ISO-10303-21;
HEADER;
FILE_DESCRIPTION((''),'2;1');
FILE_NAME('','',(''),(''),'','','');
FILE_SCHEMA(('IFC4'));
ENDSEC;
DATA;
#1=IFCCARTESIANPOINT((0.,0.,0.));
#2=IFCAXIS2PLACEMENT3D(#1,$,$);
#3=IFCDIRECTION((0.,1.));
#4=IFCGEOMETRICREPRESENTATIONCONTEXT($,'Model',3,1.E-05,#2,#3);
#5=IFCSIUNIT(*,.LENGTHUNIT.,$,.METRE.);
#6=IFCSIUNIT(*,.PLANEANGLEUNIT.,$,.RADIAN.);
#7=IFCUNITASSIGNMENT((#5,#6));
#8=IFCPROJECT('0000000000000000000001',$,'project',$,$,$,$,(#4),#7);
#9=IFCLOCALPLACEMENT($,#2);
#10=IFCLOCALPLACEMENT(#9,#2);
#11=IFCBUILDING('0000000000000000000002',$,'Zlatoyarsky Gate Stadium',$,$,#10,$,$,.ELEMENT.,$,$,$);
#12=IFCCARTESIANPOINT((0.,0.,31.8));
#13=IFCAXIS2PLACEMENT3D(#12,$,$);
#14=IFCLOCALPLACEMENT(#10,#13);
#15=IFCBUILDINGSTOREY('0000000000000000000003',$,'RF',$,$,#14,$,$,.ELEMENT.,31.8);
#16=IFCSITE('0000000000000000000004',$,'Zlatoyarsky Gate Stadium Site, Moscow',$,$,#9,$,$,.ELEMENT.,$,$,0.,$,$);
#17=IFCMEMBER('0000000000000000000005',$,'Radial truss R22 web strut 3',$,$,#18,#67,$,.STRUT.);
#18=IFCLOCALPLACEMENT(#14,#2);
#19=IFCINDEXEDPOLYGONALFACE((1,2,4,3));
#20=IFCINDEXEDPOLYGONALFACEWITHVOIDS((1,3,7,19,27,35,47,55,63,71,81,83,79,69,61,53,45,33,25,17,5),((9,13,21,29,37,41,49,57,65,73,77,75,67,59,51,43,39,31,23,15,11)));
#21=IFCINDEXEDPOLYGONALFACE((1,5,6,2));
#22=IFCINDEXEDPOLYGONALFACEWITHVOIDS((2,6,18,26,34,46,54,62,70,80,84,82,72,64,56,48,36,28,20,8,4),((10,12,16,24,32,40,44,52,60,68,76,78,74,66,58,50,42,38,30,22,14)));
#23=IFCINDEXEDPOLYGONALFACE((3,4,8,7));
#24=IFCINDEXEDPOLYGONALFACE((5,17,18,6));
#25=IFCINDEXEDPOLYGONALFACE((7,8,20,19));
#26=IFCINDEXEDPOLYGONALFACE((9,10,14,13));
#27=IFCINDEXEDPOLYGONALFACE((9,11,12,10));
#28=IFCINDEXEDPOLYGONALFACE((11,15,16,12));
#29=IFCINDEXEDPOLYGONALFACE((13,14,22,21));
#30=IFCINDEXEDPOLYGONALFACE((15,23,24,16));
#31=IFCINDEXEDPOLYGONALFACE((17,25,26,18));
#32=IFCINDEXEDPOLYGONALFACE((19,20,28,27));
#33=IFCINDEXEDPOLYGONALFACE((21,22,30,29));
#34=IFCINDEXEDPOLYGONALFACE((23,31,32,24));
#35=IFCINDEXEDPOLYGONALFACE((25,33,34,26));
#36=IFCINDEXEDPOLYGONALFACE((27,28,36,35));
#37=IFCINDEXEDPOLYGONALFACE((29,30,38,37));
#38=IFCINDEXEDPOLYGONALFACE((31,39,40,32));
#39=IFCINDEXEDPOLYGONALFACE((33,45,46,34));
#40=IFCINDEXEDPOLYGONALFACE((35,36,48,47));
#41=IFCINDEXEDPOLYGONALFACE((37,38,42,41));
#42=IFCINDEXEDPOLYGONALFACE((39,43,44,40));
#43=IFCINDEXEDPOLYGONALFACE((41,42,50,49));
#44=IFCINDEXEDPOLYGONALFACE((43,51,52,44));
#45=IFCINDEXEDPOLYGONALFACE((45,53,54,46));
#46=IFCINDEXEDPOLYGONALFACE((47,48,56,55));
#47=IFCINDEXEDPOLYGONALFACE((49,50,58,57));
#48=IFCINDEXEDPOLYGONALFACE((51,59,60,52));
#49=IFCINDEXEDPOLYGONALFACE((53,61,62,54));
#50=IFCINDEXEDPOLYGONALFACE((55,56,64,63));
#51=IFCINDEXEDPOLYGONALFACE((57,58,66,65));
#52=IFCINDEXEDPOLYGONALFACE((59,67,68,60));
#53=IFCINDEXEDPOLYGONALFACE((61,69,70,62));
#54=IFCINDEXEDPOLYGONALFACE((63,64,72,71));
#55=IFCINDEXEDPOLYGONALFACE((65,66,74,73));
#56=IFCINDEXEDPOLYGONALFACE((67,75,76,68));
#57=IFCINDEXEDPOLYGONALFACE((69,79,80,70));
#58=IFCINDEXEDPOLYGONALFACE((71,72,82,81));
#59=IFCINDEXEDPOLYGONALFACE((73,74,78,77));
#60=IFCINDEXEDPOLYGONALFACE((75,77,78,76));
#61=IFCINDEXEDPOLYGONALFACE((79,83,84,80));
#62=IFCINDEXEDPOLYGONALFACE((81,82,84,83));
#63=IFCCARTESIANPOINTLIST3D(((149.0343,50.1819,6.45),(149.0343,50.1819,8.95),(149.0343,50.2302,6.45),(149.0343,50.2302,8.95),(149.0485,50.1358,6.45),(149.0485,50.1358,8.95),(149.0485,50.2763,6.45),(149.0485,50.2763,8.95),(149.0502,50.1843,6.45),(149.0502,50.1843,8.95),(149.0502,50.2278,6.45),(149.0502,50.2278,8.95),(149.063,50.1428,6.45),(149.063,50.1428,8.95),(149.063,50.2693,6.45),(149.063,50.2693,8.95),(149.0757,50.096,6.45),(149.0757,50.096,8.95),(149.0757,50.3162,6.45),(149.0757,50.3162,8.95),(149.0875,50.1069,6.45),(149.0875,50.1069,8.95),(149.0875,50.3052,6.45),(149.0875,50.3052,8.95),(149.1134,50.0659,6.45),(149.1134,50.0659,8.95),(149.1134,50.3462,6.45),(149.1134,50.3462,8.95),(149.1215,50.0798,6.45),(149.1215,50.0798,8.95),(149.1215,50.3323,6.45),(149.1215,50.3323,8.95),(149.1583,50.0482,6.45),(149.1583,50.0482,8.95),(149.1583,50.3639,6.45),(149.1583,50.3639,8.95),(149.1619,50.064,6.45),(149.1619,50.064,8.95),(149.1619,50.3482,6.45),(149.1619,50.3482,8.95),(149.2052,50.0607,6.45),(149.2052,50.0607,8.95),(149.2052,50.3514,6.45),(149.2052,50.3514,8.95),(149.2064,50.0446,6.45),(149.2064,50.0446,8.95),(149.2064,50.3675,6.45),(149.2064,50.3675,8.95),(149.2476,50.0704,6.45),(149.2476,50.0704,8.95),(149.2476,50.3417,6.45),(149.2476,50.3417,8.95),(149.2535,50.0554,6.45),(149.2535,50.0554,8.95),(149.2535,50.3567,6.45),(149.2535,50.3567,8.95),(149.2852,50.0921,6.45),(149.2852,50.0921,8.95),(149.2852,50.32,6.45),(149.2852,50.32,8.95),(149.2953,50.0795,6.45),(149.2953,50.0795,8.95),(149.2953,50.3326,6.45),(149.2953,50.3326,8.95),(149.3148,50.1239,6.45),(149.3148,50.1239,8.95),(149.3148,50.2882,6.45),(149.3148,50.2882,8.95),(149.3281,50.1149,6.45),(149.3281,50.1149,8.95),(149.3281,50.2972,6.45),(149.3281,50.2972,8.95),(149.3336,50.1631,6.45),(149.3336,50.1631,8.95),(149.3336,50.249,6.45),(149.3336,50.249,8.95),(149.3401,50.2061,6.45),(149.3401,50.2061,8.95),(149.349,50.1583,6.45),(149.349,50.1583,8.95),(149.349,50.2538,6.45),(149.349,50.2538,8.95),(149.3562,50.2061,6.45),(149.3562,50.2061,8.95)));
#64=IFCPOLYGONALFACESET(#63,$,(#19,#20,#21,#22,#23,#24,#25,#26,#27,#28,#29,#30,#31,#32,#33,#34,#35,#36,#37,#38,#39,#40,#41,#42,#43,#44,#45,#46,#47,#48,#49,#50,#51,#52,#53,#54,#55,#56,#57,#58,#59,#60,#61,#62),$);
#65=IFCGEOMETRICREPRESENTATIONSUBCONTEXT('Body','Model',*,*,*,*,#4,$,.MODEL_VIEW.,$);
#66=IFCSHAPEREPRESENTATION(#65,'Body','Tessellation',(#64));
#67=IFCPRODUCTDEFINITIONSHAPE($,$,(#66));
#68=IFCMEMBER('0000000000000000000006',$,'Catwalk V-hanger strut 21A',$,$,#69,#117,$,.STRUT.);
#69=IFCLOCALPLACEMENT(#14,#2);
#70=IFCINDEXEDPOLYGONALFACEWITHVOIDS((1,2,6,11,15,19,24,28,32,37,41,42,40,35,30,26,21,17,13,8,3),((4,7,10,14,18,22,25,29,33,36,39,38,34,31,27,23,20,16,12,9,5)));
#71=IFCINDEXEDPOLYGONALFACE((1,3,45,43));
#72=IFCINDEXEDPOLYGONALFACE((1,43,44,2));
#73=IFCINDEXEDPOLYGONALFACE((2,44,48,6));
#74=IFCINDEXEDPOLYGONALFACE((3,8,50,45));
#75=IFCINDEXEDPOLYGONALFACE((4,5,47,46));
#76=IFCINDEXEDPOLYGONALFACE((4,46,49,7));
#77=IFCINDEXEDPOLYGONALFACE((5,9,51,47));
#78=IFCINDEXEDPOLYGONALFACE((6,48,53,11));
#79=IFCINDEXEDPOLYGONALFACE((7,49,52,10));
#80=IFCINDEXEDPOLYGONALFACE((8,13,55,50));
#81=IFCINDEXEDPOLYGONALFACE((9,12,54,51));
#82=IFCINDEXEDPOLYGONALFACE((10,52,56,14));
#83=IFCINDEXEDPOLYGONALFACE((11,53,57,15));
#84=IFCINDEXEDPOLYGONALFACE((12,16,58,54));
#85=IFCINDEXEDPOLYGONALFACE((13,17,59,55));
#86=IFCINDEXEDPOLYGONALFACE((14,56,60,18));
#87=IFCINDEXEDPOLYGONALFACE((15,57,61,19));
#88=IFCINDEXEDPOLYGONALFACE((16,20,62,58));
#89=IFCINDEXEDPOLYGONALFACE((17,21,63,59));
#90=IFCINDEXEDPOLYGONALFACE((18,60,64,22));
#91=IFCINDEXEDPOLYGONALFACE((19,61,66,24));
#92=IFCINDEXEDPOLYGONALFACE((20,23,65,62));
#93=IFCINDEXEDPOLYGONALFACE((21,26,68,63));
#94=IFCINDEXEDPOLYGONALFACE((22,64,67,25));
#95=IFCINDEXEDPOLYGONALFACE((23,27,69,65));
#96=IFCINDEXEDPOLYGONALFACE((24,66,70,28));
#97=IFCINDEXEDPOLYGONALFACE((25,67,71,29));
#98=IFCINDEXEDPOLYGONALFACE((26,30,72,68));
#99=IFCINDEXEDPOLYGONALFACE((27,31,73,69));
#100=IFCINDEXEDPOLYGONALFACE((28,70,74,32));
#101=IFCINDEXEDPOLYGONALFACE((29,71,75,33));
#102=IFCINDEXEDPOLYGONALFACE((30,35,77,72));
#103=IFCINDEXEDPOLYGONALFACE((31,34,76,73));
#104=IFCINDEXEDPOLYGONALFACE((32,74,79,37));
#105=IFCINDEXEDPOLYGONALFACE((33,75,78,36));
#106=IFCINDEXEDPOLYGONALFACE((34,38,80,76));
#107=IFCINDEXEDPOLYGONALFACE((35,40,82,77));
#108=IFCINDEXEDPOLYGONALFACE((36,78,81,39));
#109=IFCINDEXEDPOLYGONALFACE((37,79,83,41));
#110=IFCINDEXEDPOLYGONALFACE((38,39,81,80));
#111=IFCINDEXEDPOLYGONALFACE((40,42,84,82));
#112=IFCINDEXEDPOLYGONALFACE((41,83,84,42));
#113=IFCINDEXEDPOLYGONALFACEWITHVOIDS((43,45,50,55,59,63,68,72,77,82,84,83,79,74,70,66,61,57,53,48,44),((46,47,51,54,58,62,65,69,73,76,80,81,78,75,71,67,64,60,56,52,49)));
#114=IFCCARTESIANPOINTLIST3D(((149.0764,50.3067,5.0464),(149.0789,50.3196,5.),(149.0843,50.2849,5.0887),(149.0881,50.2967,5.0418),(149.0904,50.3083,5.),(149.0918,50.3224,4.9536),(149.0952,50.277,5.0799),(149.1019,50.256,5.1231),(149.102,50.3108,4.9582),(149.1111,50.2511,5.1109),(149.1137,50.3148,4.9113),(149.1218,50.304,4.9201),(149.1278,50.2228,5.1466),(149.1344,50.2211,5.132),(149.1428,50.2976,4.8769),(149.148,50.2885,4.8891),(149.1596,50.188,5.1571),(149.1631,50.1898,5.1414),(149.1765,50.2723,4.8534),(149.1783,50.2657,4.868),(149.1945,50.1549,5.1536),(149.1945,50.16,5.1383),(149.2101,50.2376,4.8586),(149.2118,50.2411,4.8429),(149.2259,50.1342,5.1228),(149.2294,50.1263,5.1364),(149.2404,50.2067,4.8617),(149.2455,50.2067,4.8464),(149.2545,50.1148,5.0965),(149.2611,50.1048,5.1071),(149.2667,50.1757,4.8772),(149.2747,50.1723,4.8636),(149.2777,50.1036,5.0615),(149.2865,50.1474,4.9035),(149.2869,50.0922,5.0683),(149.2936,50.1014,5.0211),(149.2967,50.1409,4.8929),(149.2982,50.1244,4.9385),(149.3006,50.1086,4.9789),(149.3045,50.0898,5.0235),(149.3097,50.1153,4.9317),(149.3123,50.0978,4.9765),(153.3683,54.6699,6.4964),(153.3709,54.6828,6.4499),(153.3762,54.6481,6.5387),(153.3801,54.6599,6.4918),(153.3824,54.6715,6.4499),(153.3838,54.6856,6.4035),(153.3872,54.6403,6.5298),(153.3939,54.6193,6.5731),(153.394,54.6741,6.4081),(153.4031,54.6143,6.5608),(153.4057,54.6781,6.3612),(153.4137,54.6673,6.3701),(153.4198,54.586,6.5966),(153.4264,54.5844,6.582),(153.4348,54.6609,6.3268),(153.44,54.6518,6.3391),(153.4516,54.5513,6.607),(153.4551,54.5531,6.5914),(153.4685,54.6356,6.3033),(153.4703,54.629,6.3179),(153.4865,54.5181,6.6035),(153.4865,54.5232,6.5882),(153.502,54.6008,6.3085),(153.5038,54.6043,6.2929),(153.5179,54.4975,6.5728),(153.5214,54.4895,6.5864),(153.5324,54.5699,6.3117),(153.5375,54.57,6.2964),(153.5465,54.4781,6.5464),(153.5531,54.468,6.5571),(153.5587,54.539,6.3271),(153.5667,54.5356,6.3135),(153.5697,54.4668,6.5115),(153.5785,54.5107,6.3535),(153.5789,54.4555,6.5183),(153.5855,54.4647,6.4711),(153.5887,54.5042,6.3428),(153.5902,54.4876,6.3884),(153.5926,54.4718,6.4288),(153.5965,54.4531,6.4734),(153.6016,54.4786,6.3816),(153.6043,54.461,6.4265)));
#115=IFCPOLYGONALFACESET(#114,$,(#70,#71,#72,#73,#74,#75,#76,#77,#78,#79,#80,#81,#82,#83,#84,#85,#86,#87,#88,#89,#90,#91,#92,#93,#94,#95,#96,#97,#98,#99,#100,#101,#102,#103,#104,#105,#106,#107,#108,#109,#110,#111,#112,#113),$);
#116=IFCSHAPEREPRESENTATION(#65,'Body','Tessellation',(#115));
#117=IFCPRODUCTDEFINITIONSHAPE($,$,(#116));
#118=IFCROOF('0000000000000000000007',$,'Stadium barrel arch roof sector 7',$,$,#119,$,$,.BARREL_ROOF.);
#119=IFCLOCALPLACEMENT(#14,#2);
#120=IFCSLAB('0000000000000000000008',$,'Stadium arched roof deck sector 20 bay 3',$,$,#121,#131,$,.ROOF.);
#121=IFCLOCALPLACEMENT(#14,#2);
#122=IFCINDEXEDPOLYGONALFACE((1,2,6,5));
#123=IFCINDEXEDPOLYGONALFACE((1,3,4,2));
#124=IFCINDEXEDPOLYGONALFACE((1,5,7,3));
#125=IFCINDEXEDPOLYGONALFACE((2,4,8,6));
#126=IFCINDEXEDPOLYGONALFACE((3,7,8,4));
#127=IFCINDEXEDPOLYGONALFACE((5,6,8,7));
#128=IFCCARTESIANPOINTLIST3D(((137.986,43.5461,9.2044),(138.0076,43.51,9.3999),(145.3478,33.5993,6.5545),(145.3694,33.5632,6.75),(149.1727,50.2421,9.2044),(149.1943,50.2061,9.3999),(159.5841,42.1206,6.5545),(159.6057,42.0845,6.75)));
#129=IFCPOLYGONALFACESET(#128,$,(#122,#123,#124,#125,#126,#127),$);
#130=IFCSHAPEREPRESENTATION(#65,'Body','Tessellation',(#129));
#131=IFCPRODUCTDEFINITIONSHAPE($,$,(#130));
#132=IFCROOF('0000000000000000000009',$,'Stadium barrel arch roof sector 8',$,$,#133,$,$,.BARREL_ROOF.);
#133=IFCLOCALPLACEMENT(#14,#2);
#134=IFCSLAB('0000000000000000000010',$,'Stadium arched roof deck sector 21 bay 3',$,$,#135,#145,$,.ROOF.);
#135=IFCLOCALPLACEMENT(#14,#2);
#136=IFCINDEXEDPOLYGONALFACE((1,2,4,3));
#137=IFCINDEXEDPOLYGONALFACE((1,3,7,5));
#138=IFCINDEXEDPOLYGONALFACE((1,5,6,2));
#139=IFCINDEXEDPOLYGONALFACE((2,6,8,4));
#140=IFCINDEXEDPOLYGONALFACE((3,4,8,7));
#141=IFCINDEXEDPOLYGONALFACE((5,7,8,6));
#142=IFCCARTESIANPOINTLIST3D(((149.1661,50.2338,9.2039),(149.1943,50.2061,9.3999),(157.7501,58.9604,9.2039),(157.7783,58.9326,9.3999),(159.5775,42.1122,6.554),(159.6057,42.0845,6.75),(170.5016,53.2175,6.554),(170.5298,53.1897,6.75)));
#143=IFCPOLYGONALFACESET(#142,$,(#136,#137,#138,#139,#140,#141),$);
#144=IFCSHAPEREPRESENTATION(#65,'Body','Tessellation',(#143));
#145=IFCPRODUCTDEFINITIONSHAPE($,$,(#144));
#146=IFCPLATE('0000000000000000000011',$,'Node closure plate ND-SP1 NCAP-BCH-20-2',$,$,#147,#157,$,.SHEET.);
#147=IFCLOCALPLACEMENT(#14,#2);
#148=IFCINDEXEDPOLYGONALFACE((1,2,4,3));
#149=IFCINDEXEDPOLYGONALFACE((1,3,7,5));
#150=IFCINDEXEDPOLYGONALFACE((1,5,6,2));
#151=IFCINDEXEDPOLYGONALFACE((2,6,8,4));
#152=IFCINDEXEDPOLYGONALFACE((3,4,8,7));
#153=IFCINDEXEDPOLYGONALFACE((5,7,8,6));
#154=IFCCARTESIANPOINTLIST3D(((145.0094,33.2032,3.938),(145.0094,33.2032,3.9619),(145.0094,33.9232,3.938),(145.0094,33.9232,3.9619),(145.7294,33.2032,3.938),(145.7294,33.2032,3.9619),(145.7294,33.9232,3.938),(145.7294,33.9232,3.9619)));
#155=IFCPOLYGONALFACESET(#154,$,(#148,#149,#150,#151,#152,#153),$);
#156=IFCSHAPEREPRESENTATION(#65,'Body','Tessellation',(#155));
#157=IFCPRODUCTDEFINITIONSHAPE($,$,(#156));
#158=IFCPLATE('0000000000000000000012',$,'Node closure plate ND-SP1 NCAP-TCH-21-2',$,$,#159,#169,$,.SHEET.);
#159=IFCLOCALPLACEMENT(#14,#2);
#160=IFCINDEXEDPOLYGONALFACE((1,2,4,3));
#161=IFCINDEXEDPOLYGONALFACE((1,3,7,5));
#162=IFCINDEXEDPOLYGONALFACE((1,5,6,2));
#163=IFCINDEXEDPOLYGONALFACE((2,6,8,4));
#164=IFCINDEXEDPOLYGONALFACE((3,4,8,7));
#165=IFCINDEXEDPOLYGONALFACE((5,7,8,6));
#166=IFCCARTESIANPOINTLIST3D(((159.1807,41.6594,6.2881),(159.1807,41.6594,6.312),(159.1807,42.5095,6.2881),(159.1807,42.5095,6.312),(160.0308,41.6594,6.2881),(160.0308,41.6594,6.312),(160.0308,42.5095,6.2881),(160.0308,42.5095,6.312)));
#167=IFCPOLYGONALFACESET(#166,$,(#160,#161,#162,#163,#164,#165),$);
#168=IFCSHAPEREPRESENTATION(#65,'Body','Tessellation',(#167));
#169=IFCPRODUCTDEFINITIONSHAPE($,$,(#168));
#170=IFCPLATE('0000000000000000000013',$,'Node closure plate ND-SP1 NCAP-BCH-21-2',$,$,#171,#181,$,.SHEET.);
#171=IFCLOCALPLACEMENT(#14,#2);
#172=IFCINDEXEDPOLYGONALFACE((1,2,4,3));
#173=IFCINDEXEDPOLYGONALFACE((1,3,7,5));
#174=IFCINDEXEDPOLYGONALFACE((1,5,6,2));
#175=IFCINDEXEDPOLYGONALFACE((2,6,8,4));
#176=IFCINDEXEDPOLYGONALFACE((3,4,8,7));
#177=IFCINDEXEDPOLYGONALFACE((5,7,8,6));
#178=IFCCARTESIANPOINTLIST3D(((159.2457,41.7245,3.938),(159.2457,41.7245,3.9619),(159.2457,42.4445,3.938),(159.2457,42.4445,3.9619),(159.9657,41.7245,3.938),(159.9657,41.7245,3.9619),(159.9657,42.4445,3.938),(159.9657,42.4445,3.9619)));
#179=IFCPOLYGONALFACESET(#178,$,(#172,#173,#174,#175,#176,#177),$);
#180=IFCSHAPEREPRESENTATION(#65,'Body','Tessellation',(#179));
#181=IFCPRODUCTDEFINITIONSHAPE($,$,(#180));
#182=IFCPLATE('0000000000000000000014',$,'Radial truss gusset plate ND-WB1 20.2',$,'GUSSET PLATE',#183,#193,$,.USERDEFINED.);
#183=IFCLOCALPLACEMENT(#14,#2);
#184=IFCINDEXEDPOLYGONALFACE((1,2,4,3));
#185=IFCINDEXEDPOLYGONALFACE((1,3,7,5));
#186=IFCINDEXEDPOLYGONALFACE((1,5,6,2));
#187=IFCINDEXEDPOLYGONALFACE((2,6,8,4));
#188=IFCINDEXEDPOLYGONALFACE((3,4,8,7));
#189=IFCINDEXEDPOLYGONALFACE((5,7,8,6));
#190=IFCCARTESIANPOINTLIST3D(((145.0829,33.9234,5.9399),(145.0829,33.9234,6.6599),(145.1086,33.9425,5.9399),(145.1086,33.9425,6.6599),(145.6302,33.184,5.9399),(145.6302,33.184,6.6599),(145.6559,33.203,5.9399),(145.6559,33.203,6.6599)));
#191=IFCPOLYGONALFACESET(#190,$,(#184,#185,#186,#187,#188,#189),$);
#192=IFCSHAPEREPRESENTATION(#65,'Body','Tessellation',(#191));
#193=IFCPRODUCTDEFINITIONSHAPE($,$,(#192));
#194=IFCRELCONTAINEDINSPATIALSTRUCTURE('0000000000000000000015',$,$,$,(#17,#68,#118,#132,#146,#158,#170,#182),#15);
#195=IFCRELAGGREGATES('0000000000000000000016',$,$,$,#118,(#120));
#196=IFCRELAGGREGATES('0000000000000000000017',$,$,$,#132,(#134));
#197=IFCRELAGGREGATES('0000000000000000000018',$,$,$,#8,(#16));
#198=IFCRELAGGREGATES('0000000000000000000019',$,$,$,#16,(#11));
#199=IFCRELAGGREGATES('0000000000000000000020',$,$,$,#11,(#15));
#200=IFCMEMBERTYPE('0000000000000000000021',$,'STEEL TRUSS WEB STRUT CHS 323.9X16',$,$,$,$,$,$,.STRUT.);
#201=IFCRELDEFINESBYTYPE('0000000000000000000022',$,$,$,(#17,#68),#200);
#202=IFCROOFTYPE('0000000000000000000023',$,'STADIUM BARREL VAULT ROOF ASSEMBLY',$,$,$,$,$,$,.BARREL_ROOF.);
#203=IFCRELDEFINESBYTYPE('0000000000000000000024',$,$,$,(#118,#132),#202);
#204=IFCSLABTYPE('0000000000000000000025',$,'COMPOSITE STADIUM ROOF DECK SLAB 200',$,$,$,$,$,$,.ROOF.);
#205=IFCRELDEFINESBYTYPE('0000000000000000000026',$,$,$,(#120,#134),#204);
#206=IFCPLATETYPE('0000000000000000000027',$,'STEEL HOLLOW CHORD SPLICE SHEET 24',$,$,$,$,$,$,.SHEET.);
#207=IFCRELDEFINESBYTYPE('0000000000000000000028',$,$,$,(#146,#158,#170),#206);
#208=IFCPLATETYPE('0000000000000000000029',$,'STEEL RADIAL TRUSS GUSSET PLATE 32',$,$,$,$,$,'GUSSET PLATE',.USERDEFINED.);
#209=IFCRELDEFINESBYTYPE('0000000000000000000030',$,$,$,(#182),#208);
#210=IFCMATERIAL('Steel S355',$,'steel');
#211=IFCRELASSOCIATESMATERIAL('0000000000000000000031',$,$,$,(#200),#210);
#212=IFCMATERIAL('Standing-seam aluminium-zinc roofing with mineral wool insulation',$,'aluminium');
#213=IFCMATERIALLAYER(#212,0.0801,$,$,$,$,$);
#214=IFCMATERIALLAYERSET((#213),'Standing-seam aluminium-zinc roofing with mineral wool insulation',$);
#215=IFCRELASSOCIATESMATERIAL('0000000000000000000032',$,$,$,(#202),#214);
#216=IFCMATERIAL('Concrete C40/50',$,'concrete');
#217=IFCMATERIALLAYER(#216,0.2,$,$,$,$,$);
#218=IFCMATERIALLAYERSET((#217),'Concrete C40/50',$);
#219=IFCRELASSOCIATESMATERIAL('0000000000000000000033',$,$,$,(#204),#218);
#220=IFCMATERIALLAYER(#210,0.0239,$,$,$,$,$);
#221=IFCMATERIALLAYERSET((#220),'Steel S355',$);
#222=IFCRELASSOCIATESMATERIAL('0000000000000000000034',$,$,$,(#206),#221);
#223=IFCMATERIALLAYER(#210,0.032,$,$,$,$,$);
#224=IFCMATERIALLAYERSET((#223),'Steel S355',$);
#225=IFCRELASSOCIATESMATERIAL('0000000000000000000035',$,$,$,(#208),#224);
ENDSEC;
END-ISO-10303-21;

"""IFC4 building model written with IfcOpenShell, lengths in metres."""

from ifc_helpers import new_model, si_unit, direction, frame, origin, origin_2d, place, context, subcontext, project, spatial, polyline, rectangle, hollow_circle, outline, extrude, material, layer, layer_set, material_profile, profile_set, type_object, element, aggregate, save


model = new_model("IFC4")

# Units and contexts
model_context = context("Model", 3, precision=1e-05, world=origin(), true_north=direction((0.0, 1.0)))
body_context = subcontext(model_context, "Body", "Model", "MODEL_VIEW")
ifc_project = project(units=[si_unit("LENGTHUNIT", "METRE"), si_unit("PLANEANGLEUNIT", "RADIAN")], contexts=[model_context])

# Site, building, storey
site_placement = place(None, origin())
site = spatial("IfcSite", under=ifc_project, at=site_placement, Name="Zlatoyarsky Gate Stadium Site, Moscow", CompositionType="ELEMENT", RefElevation=0.0)
building_placement = place(site_placement, origin())
building = spatial("IfcBuilding", under=site, at=building_placement, Name="Zlatoyarsky Gate Stadium", CompositionType="ELEMENT")
storey_placement = place(building_placement, frame((0.0, 0.0, 31.8)))
storey = spatial("IfcBuildingStorey", under=building, at=storey_placement, Name="RF", CompositionType="ELEMENT", Elevation=31.8)

# Members
ifc_material_1 = material(Name="Steel S355", Category="steel")
ifc_material_profile_1 = material_profile(ifc_material_1, hollow_circle(Radius=0.1619, WallThickness=0.0161, at=origin_2d()), Name="CHS 323.9X16")
ifc_profile_set_1 = profile_set([ifc_material_profile_1], Name="Steel S355")
member_type_1 = type_object("IfcMemberType", Name="STEEL TRUSS WEB STRUT CHS 323.9X16", PredefinedType="STRUT", material=ifc_profile_set_1)
member_1_placement = place(storey_placement, frame((149.1943, 50.2061, 6.45), z_axis=(0.0, 0.0, 1.0), x_axis=(1.0, 0.0, 0.0)))
element("IfcMember", 1, at=member_1_placement, inside=storey, type_object=member_type_1, Name="Radial truss R22 web strut 3", PredefinedType="STRUT", context=body_context, shape_type="SweptSolid", body=[
    extrude(hollow_circle(Radius=0.1619, WallThickness=0.0161, at=origin_2d()), origin(), (0.0, 0.0, 1.0), 2.5),
])
member_2_placement = place(storey_placement, frame((149.1943, 50.2061, 5.0), z_axis=(0.682372, 0.693706, 0.230524), x_axis=(-0.712907, 0.701259, 0.0)))
element("IfcMember", 2, at=member_2_placement, inside=storey, type_object=member_type_1, Name="Catwalk V-hanger strut 21A", PredefinedType="STRUT", context=body_context, shape_type="SweptSolid", body=[
    extrude(hollow_circle(Radius=0.1619, WallThickness=0.0161, at=origin_2d()), origin(), (0.0, 0.0, 1.0), 6.2898),
])

# Roofs, slabs
ifc_material_2 = material(Name="Standing-seam aluminium-zinc roofing with mineral wool insulation", Category="aluminium")
ifc_layer_1 = layer(ifc_material_2, 0.0801)
ifc_layer_set_1 = layer_set([ifc_layer_1], Name="Standing-seam aluminium-zinc roofing with mineral wool insulation")
roof_type = type_object("IfcRoofType", Name="STADIUM BARREL VAULT ROOF ASSEMBLY", PredefinedType="BARREL_ROOF", material=ifc_layer_set_1)
roof_1_placement = place(storey_placement, origin())
roof_1 = element("IfcRoof", 3, at=roof_1_placement, inside=storey, type_object=roof_type, Name="Stadium barrel arch roof sector 7", PredefinedType="BARREL_ROOF")
ifc_material_3 = material(Name="Concrete C40/50", Category="concrete")
ifc_layer_2 = layer(ifc_material_3, 0.2)
ifc_layer_set_2 = layer_set([ifc_layer_2], Name="Concrete C40/50")
slab_type = type_object("IfcSlabType", Name="COMPOSITE STADIUM ROOF DECK SLAB 200", PredefinedType="ROOF", material=ifc_layer_set_2)
slab_1_placement = place(storey_placement, frame((145.3694, 33.5632, 6.75), z_axis=(0.108033, -0.180488, 0.977626), x_axis=(0.858039, 0.513585, -0.000001)))
slab_1 = element("IfcSlab", 4, at=slab_1_placement, type_object=slab_type, Name="Stadium arched roof deck sector 20 bay 3", PredefinedType="ROOF", context=body_context, shape_type="SweptSolid", body=[
    extrude(outline(polyline([(0.0, 0.0), (16.5917, 0.0), (11.8295, 12.5976), (-1.2082, 12.5975), (0.0, 0.0)])), origin(), (0.0, 0.0, -1.0), 0.2),
])
roof_2_placement = place(storey_placement, origin())
roof_2 = element("IfcRoof", 5, at=roof_2_placement, inside=storey, type_object=roof_type, Name="Stadium barrel arch roof sector 8", PredefinedType="BARREL_ROOF")
slab_2_placement = place(storey_placement, frame((159.6057, 42.0845, 6.75), z_axis=(0.141161, -0.138857, 0.9802), x_axis=(0.701268, 0.712898, -0.000001)))
slab_2 = element("IfcSlab", 6, at=slab_2_placement, type_object=slab_type, Name="Stadium arched roof deck sector 21 bay 3", PredefinedType="ROOF", context=body_context, shape_type="SweptSolid", body=[
    extrude(outline(polyline([(0.0, 0.0), (15.5776, 0.0), (10.7295, 13.3828), (-1.5113, 13.3826), (0.0, 0.0)])), origin(), (0.0, 0.0, -1.0), 0.2),
])

# Plates
ifc_layer_3 = layer(ifc_material_1, 0.0239)
ifc_layer_set_3 = layer_set([ifc_layer_3], Name="Steel S355")
plate_type_1 = type_object("IfcPlateType", Name="STEEL HOLLOW CHORD SPLICE SHEET 24", PredefinedType="SHEET", material=ifc_layer_set_3)
plate_1_placement = place(storey_placement, frame((145.3694, 33.5632, 3.938), z_axis=(0.0, 0.0, 1.0), x_axis=(1.0, 0.0, 0.0)))
element("IfcPlate", 7, at=plate_1_placement, inside=storey, type_object=plate_type_1, Name="Node closure plate ND-SP1 NCAP-BCH-20-2", PredefinedType="SHEET", context=body_context, shape_type="SweptSolid", body=[
    extrude(rectangle(XDim=0.72, YDim=0.72, at=origin_2d()), origin(), (0.0, 0.0, 1.0), 0.0239),
])
plate_2_placement = place(storey_placement, frame((159.6057, 42.0845, 6.2881), z_axis=(0.0, 0.0, 1.0), x_axis=(1.0, 0.0, 0.0)))
element("IfcPlate", 8, at=plate_2_placement, inside=storey, type_object=plate_type_1, Name="Node closure plate ND-SP1 NCAP-TCH-21-2", PredefinedType="SHEET", context=body_context, shape_type="SweptSolid", body=[
    extrude(rectangle(XDim=0.8501, YDim=0.8501, at=origin_2d()), origin(), (0.0, 0.0, 1.0), 0.0239),
])
plate_3_placement = place(storey_placement, frame((159.6057, 42.0845, 3.938), z_axis=(0.0, 0.0, 1.0), x_axis=(1.0, 0.0, 0.0)))
element("IfcPlate", 9, at=plate_3_placement, inside=storey, type_object=plate_type_1, Name="Node closure plate ND-SP1 NCAP-BCH-21-2", PredefinedType="SHEET", context=body_context, shape_type="SweptSolid", body=[
    extrude(rectangle(XDim=0.72, YDim=0.72, at=origin_2d()), origin(), (0.0, 0.0, 1.0), 0.0239),
])
ifc_layer_4 = layer(ifc_material_1, 0.032)
ifc_layer_set_4 = layer_set([ifc_layer_4], Name="Steel S355")
plate_type_2 = type_object("IfcPlateType", Name="STEEL RADIAL TRUSS GUSSET PLATE 32", ElementType="GUSSET PLATE", PredefinedType="USERDEFINED", material=ifc_layer_set_4)
for number, where, z_axis, x_axis, name in (
    (10, (145.3694, 33.5632, 5.9399), (0.0, 0.0, 1.0), (-0.594913, 0.80379, 0.0), "Radial truss gusset plate ND-WB1 20.2"),
):
    element("IfcPlate", number, at=place(storey_placement, frame(where, z_axis=z_axis, x_axis=x_axis)), inside=storey, type_object=plate_type_2, Name=name, ObjectType="GUSSET PLATE", PredefinedType="USERDEFINED", context=body_context, shape_type="SweptSolid", body=[
        extrude(rectangle(XDim=0.9199, YDim=0.032, at=origin_2d()), origin(), (0.0, 0.0, 1.0), 0.72),
    ])

aggregate(roof_1, [slab_1])
aggregate(roof_2, [slab_2])

save(model, "model.ifc")
